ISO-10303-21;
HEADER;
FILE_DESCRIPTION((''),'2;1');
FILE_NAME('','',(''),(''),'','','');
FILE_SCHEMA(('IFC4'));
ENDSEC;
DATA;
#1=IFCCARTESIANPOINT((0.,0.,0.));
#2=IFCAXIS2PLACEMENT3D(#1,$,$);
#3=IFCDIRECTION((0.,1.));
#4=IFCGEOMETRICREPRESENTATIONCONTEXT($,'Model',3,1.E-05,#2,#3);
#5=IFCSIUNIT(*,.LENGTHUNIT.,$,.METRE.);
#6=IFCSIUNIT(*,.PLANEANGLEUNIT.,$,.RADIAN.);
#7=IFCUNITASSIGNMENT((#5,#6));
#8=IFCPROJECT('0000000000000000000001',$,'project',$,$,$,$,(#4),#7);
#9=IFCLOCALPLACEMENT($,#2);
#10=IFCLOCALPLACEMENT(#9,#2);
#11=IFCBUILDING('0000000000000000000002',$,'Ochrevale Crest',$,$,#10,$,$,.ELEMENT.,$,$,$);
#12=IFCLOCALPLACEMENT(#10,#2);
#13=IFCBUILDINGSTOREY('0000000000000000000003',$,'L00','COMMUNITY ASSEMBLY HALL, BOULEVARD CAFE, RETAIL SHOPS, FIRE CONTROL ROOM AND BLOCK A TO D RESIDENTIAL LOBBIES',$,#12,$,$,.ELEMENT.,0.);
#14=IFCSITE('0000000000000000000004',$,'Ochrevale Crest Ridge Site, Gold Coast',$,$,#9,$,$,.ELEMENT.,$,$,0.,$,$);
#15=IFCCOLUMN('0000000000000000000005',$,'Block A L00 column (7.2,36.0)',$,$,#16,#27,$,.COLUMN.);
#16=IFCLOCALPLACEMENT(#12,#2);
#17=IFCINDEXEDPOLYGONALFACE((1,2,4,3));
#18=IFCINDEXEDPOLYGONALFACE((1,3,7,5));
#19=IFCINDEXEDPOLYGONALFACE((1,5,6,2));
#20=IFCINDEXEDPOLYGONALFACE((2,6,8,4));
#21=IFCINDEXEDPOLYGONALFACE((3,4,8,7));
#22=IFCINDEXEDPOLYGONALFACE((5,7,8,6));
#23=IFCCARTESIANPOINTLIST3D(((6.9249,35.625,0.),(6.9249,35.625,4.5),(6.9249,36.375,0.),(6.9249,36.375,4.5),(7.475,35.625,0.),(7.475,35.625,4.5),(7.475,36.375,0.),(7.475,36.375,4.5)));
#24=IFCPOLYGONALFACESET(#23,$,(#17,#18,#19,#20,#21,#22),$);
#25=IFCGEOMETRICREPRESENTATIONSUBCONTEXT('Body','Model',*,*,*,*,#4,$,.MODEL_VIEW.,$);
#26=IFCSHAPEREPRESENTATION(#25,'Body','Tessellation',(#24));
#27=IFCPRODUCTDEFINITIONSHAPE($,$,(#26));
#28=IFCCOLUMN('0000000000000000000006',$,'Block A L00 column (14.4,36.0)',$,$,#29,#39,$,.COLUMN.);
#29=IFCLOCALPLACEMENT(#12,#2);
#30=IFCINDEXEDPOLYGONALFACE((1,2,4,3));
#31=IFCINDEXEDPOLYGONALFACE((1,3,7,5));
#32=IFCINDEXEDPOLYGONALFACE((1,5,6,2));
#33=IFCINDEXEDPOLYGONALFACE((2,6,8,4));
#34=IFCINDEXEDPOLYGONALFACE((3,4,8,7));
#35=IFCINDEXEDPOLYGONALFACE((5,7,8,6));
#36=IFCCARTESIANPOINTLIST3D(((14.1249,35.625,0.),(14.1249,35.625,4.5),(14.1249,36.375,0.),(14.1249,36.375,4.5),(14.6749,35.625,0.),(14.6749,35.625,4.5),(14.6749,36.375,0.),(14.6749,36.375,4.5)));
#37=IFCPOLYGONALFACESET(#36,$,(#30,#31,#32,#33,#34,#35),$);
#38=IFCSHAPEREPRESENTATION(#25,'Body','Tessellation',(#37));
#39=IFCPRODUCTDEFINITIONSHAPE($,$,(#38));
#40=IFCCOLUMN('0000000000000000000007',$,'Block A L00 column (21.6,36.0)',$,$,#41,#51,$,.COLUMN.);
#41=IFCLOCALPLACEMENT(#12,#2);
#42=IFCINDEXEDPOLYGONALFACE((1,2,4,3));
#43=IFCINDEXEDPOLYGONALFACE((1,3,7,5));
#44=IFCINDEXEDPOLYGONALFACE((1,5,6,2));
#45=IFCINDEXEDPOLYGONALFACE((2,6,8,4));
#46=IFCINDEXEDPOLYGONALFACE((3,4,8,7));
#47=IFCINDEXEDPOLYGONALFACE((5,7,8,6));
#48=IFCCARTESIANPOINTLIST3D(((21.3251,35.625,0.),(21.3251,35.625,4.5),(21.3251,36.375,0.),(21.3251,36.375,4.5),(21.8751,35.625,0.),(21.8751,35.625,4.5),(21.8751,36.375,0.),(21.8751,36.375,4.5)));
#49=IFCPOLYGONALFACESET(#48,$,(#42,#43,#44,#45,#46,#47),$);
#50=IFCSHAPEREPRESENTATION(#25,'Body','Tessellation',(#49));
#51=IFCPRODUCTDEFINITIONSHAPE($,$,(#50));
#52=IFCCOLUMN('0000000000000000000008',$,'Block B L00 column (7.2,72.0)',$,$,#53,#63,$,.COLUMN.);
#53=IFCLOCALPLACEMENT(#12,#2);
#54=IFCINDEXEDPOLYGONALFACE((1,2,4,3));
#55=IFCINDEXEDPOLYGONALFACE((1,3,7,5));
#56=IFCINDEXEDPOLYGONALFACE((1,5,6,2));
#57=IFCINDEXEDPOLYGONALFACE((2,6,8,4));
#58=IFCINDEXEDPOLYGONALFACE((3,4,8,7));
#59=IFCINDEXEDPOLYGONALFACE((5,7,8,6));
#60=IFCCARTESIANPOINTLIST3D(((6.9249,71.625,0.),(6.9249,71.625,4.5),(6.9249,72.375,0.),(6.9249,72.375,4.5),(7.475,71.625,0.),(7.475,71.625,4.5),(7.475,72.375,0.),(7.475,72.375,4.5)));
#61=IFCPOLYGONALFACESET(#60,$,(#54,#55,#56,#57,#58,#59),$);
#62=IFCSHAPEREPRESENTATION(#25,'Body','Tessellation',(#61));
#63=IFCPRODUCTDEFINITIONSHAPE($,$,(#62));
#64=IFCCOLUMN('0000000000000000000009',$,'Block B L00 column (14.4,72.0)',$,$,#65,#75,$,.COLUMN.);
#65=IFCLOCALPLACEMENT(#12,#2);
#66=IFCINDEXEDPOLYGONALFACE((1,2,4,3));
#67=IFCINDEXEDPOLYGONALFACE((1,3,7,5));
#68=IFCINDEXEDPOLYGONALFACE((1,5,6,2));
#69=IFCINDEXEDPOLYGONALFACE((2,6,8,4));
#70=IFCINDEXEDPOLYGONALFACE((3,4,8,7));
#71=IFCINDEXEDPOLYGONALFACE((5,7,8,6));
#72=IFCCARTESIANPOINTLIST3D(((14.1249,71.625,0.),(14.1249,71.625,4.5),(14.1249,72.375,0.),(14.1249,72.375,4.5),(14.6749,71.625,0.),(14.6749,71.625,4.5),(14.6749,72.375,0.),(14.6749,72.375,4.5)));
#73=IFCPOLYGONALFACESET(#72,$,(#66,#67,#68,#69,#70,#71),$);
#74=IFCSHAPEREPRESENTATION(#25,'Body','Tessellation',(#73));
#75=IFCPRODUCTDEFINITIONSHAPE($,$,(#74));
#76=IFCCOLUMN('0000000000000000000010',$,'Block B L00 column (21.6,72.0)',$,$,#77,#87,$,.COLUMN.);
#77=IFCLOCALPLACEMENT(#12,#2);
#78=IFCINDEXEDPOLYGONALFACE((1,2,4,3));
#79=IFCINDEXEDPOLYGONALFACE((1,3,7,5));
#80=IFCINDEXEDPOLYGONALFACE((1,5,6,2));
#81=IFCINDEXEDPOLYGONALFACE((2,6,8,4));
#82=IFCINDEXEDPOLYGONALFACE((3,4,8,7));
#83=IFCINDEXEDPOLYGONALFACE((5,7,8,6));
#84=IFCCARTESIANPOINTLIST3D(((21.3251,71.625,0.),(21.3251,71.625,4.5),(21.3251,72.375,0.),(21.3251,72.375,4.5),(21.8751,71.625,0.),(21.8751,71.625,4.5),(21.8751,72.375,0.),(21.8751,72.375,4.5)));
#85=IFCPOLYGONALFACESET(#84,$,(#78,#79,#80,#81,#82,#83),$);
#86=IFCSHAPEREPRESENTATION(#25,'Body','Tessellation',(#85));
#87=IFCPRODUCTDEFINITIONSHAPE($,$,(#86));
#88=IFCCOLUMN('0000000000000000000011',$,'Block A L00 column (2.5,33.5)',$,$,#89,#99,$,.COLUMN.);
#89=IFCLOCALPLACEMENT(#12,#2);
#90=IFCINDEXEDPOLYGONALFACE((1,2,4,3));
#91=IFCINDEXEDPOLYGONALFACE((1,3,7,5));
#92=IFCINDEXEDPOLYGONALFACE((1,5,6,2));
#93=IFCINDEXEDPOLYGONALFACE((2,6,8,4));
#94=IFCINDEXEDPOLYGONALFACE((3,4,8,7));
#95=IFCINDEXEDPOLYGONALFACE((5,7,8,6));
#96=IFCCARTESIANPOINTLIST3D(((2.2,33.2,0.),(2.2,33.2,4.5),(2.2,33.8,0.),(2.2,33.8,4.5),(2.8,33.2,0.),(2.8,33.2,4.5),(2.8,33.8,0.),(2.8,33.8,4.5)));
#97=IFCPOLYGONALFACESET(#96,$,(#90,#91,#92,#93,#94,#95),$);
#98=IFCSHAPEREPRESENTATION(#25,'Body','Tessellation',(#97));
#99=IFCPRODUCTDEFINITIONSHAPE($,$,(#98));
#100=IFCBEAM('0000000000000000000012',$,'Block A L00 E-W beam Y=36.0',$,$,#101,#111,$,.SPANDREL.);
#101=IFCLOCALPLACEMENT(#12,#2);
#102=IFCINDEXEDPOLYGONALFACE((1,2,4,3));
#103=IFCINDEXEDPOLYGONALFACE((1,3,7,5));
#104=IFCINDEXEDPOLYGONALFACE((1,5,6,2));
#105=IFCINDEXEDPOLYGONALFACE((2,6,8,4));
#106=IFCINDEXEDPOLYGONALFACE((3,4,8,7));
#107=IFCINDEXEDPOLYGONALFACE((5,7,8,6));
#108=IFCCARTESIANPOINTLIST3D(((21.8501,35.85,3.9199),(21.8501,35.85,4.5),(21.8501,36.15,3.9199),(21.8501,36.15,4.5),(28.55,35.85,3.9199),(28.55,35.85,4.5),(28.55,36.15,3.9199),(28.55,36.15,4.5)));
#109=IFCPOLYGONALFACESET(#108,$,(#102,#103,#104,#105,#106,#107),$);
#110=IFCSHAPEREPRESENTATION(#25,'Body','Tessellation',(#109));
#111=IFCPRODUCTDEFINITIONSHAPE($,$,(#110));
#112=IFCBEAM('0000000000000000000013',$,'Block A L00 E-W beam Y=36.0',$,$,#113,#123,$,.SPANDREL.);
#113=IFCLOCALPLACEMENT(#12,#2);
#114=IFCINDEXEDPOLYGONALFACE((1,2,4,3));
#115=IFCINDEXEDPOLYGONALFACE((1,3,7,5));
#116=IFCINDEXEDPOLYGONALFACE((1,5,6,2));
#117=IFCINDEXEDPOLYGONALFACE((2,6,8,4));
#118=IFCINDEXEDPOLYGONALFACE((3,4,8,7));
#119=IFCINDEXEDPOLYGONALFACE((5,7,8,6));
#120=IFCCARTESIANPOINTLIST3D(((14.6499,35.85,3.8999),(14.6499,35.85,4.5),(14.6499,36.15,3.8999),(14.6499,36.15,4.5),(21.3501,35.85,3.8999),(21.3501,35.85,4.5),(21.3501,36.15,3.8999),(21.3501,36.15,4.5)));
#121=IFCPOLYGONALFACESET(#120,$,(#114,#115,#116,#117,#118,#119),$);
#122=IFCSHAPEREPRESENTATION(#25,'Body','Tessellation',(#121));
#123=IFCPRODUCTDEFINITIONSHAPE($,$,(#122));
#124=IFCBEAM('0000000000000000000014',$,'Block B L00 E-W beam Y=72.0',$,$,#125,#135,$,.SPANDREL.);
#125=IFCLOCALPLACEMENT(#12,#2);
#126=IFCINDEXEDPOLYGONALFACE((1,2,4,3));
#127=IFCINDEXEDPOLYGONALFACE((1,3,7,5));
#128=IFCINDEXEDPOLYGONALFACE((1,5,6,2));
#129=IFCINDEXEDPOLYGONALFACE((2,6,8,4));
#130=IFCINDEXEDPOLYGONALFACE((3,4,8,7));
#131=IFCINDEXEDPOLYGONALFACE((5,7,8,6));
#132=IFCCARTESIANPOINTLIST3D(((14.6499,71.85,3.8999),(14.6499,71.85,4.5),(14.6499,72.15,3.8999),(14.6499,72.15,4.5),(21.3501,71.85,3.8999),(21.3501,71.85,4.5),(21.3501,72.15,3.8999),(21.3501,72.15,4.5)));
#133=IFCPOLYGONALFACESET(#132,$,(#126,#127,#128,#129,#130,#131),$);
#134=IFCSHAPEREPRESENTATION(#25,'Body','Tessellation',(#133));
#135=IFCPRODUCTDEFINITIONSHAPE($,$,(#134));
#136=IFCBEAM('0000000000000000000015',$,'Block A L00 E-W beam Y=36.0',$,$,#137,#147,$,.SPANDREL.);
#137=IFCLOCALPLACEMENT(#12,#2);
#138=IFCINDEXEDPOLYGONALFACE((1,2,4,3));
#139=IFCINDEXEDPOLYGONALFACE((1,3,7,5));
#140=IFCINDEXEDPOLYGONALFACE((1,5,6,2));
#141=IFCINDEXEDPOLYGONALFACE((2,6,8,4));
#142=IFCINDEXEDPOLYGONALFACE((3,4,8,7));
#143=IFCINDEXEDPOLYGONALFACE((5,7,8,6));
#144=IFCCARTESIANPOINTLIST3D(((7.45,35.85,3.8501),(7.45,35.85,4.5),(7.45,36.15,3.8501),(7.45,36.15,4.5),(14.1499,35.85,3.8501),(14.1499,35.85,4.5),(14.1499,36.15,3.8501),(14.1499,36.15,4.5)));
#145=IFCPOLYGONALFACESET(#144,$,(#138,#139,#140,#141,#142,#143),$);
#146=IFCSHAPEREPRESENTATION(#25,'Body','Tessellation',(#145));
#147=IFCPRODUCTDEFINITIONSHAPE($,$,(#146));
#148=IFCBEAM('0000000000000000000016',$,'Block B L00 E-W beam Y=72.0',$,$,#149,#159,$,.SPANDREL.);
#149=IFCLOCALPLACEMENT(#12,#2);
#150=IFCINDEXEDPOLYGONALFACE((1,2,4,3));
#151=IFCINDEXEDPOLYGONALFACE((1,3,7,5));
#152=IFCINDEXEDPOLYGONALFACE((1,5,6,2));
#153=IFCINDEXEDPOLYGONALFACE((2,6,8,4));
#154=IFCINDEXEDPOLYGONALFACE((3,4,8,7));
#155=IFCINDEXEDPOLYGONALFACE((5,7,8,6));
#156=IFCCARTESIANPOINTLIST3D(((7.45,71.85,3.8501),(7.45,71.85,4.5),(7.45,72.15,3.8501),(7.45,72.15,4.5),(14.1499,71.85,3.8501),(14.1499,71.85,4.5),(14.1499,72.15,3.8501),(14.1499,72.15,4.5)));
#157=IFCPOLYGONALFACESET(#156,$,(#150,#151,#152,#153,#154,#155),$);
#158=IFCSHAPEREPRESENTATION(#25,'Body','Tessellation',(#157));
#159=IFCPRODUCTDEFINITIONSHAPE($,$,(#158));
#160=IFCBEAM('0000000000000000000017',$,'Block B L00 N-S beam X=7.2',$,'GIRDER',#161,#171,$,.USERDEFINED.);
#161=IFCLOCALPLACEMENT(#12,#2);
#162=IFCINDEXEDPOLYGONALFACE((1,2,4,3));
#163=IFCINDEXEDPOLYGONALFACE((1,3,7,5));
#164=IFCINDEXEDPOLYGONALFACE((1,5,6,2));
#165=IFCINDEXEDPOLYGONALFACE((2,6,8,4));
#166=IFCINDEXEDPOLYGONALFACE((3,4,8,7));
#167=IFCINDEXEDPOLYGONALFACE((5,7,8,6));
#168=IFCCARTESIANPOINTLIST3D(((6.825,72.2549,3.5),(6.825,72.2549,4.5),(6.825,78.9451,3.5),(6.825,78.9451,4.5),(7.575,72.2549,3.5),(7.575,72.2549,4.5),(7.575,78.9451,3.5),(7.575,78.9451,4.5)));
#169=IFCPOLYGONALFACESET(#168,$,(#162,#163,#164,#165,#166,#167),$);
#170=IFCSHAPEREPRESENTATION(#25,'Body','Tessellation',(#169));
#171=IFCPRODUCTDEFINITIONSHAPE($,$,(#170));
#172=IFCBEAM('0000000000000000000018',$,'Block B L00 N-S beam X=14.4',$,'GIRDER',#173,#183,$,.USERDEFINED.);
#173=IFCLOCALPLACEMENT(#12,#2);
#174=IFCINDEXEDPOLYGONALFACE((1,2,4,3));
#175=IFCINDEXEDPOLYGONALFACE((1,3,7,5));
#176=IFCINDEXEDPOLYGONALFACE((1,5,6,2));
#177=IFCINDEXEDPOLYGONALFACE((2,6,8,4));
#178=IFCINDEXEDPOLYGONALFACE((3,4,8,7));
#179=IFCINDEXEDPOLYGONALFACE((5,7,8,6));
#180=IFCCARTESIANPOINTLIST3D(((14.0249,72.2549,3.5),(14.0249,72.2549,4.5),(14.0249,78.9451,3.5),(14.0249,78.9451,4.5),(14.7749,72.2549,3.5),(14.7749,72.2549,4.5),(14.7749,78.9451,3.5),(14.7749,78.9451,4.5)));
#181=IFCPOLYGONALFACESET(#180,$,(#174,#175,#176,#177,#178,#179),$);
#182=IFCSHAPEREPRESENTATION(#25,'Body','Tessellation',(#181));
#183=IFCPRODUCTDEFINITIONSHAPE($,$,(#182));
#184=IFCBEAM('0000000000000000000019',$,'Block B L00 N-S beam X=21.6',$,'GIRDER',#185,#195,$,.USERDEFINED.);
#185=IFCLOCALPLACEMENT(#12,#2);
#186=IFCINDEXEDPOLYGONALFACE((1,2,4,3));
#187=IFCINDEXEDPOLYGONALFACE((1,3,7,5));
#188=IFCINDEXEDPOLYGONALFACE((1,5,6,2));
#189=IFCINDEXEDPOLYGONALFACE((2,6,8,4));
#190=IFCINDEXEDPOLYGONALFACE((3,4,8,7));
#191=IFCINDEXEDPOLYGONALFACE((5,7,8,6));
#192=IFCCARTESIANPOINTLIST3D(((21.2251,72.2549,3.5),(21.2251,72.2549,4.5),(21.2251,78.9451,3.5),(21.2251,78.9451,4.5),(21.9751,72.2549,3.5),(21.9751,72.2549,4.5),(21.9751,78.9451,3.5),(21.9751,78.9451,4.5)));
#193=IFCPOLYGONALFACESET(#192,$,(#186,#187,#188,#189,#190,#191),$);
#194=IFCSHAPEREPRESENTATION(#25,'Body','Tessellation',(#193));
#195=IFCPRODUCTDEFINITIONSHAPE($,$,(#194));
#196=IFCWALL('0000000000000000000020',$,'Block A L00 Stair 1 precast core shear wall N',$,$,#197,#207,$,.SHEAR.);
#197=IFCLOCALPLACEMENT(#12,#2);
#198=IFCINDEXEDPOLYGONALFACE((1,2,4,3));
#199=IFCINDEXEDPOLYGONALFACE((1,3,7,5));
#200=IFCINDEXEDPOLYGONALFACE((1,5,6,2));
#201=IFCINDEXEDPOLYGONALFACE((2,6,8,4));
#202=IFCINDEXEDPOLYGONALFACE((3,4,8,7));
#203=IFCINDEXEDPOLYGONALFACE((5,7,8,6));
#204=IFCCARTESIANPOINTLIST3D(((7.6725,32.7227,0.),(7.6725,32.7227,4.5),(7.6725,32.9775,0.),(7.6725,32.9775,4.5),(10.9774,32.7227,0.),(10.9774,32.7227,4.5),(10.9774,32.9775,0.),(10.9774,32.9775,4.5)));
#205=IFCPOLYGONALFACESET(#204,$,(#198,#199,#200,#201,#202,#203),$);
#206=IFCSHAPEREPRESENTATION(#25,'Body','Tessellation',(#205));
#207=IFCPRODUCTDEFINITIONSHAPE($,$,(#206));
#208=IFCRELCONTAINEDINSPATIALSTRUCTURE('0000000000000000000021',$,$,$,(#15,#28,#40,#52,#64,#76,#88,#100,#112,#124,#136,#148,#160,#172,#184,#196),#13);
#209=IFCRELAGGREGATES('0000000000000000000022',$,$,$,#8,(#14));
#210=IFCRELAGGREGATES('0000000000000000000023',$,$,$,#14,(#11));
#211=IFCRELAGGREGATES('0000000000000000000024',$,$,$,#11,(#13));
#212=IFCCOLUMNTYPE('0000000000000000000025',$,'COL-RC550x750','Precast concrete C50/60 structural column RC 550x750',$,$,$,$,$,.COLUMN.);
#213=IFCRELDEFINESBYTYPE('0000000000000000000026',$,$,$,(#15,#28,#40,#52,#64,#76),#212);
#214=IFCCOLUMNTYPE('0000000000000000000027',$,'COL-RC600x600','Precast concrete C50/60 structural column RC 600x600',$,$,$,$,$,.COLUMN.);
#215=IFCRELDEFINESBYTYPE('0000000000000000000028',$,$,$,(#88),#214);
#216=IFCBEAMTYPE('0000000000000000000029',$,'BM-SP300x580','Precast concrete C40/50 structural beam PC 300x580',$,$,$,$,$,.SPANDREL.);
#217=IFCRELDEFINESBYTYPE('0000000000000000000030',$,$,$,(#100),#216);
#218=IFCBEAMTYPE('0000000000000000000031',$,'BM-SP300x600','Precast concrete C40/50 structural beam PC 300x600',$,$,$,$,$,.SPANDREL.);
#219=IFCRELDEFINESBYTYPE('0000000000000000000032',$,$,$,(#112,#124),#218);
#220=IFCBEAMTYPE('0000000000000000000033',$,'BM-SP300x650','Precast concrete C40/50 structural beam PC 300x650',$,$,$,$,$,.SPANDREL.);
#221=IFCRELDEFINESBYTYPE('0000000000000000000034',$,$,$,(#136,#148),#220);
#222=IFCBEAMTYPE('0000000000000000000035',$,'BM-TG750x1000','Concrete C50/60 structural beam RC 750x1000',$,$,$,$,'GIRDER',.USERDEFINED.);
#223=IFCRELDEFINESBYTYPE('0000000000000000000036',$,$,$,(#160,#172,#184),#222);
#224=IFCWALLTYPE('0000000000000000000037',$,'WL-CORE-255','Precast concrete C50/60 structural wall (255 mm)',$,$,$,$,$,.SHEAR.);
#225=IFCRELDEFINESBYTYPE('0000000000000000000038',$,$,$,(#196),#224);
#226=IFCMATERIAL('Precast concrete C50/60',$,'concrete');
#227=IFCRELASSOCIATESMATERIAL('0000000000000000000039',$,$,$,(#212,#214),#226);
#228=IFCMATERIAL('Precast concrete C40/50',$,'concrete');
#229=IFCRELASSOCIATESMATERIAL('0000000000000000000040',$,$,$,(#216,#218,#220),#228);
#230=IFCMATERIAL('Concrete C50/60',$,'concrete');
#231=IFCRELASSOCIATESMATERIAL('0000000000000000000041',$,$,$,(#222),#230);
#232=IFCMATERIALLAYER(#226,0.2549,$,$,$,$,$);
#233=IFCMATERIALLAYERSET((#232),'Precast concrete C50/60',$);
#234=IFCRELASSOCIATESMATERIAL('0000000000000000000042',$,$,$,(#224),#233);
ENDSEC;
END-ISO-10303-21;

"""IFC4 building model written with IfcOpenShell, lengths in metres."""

from ifc_helpers import new_model, si_unit, direction, frame, frame_2d, origin, origin_2d, place, context, subcontext, project, spatial, rectangle, extrude, material, layer, layer_set, material_profile, profile_set, type_object, element, save


model = new_model("IFC4")

# Units and contexts
model_context = context("Model", 3, precision=1e-05, world=origin(), true_north=direction((0.0, 1.0)))
body_context = subcontext(model_context, "Body", "Model", "MODEL_VIEW")
ifc_project = project(units=[si_unit("LENGTHUNIT", "METRE"), si_unit("PLANEANGLEUNIT", "RADIAN")], contexts=[model_context])

# Site, building, storey
site_placement = place(None, origin())
site = spatial("IfcSite", under=ifc_project, at=site_placement, Name="Ochrevale Crest Ridge Site, Gold Coast", CompositionType="ELEMENT", RefElevation=0.0)
building_placement = place(site_placement, origin())
building = spatial("IfcBuilding", under=site, at=building_placement, Name="Ochrevale Crest", CompositionType="ELEMENT")
storey_placement = place(building_placement, origin())
storey = spatial("IfcBuildingStorey", under=building, at=storey_placement, Name="L00", Description="COMMUNITY ASSEMBLY HALL, BOULEVARD CAFE, RETAIL SHOPS, FIRE CONTROL ROOM AND BLOCK A TO D RESIDENTIAL LOBBIES", CompositionType="ELEMENT", Elevation=0.0)

# Columns
ifc_material_1 = material(Name="Precast concrete C50/60", Category="concrete")
ifc_material_profile_1 = material_profile(ifc_material_1, rectangle(XDim=0.55, YDim=0.75, at=origin_2d()), Name="RC 550x750")
ifc_profile_set_1 = profile_set([ifc_material_profile_1], Name="Precast concrete C50/60")
column_type_1 = type_object("IfcColumnType", Name="COL-RC550x750", Description="Precast concrete C50/60 structural column RC 550x750", PredefinedType="COLUMN", material=ifc_profile_set_1)
for number, where, z_axis, x_axis, name in (
    (1, (7.2, 36.0, 0.0), (0.0, 0.0, 1.0), (1.0, 0.0, 0.0), "Block A L00 column (7.2,36.0)"),
    (2, (14.3999, 36.0, 0.0), (0.0, 0.0, 1.0), (1.0, 0.0, 0.0), "Block A L00 column (14.4,36.0)"),
    (3, (21.6001, 36.0, 0.0), (0.0, 0.0, 1.0), (1.0, 0.0, 0.0), "Block A L00 column (21.6,36.0)"),
    (4, (7.2, 72.0, 0.0), (0.0, 0.0, 1.0), (1.0, 0.0, 0.0), "Block B L00 column (7.2,72.0)"),
    (5, (14.3999, 72.0, 0.0), (0.0, 0.0, 1.0), (1.0, 0.0, 0.0), "Block B L00 column (14.4,72.0)"),
    (6, (21.6001, 72.0, 0.0), (0.0, 0.0, 1.0), (1.0, 0.0, 0.0), "Block B L00 column (21.6,72.0)"),
):
    element("IfcColumn", number, at=place(storey_placement, frame(where, z_axis=z_axis, x_axis=x_axis)), inside=storey, type_object=column_type_1, Name=name, PredefinedType="COLUMN", context=body_context, shape_type="SweptSolid", body=[
        extrude(rectangle(XDim=0.55, YDim=0.75, at=origin_2d()), origin(), (0.0, 0.0, 1.0), 4.5),
    ])
ifc_material_profile_2 = material_profile(ifc_material_1, rectangle(XDim=0.6001, YDim=0.6001, at=origin_2d()), Name="RC 600x600")
ifc_profile_set_2 = profile_set([ifc_material_profile_2], Name="Precast concrete C50/60")
column_type_2 = type_object("IfcColumnType", Name="COL-RC600x600", Description="Precast concrete C50/60 structural column RC 600x600", PredefinedType="COLUMN", material=ifc_profile_set_2)
column_placement = place(storey_placement, frame((2.5, 33.5, 0.0), z_axis=(0.0, 0.0, 1.0), x_axis=(1.0, 0.0, 0.0)))
element("IfcColumn", 7, at=column_placement, inside=storey, type_object=column_type_2, Name="Block A L00 column (2.5,33.5)", PredefinedType="COLUMN", context=body_context, shape_type="SweptSolid", body=[
    extrude(rectangle(XDim=0.6001, YDim=0.6001, at=origin_2d()), origin(), (0.0, 0.0, 1.0), 4.5),
])

# Beams
ifc_material_2 = material(Name="Precast concrete C40/50", Category="concrete")
ifc_material_profile_3 = material_profile(ifc_material_2, rectangle(XDim=0.3, YDim=0.5801, at=origin_2d()), Name="PC 300x580")
ifc_profile_set_3 = profile_set([ifc_material_profile_3], Name="Precast concrete C40/50")
beam_type_1 = type_object("IfcBeamType", Name="BM-SP300x580", Description="Precast concrete C40/50 structural beam PC 300x580", PredefinedType="SPANDREL", material=ifc_profile_set_3)
beam_placement = place(storey_placement, frame((21.8501, 36.0, 4.21), z_axis=(1.0, 0.0, 0.0), x_axis=(0.0, 1.0, 0.0)))
element("IfcBeam", 8, at=beam_placement, inside=storey, type_object=beam_type_1, Name="Block A L00 E-W beam Y=36.0", PredefinedType="SPANDREL", context=body_context, shape_type="SweptSolid", body=[
    extrude(rectangle(XDim=0.3, YDim=0.5801, at=origin_2d()), origin(), (0.0, 0.0, 1.0), 6.7),
])
ifc_material_profile_4 = material_profile(ifc_material_2, rectangle(XDim=0.3, YDim=0.6001, at=origin_2d()), Name="PC 300x600")
ifc_profile_set_4 = profile_set([ifc_material_profile_4], Name="Precast concrete C40/50")
beam_type_2 = type_object("IfcBeamType", Name="BM-SP300x600", Description="Precast concrete C40/50 structural beam PC 300x600", PredefinedType="SPANDREL", material=ifc_profile_set_4)
for number, where, z_axis, x_axis, name in (
    (9, (14.6499, 36.0, 4.2), (1.0, 0.0, 0.0), (0.0, 1.0, 0.0), "Block A L00 E-W beam Y=36.0"),
    (10, (14.6499, 72.0, 4.2), (1.0, 0.0, 0.0), (0.0, 1.0, 0.0), "Block B L00 E-W beam Y=72.0"),
):
    element("IfcBeam", number, at=place(storey_placement, frame(where, z_axis=z_axis, x_axis=x_axis)), inside=storey, type_object=beam_type_2, Name=name, PredefinedType="SPANDREL", context=body_context, shape_type="SweptSolid", body=[
        extrude(rectangle(XDim=0.3, YDim=0.6001, at=origin_2d()), origin(), (0.0, 0.0, 1.0), 6.7002),
    ])
ifc_material_profile_5 = material_profile(ifc_material_2, rectangle(XDim=0.3, YDim=0.6499, at=origin_2d()), Name="PC 300x650")
ifc_profile_set_5 = profile_set([ifc_material_profile_5], Name="Precast concrete C40/50")
beam_type_3 = type_object("IfcBeamType", Name="BM-SP300x650", Description="Precast concrete C40/50 structural beam PC 300x650", PredefinedType="SPANDREL", material=ifc_profile_set_5)
for number, where, z_axis, x_axis, name in (
    (11, (7.45, 36.0, 4.175), (1.0, 0.0, 0.0), (0.0, 1.0, 0.0), "Block A L00 E-W beam Y=36.0"),
    (12, (7.45, 72.0, 4.175), (1.0, 0.0, 0.0), (0.0, 1.0, 0.0), "Block B L00 E-W beam Y=72.0"),
):
    element("IfcBeam", number, at=place(storey_placement, frame(where, z_axis=z_axis, x_axis=x_axis)), inside=storey, type_object=beam_type_3, Name=name, PredefinedType="SPANDREL", context=body_context, shape_type="SweptSolid", body=[
        extrude(rectangle(XDim=0.3, YDim=0.6499, at=origin_2d()), origin(), (0.0, 0.0, 1.0), 6.7),
    ])
ifc_material_3 = material(Name="Concrete C50/60", Category="concrete")
ifc_material_profile_6 = material_profile(ifc_material_3, rectangle(XDim=0.75, YDim=1.0, at=origin_2d()), Name="RC 750x1000")
ifc_profile_set_6 = profile_set([ifc_material_profile_6], Name="Concrete C50/60")
beam_type_4 = type_object("IfcBeamType", Name="BM-TG750x1000", Description="Concrete C50/60 structural beam RC 750x1000", ElementType="GIRDER", PredefinedType="USERDEFINED", material=ifc_profile_set_6)
for number, where, z_axis, x_axis, name in (
    (13, (7.2, 72.2549, 4.0), (0.0, 1.0, 0.0), (-1.0, 0.0, 0.0), "Block B L00 N-S beam X=7.2"),
    (14, (14.3999, 72.2549, 4.0), (0.0, 1.0, 0.0), (-1.0, 0.0, 0.0), "Block B L00 N-S beam X=14.4"),
    (15, (21.6001, 72.2549, 4.0), (0.0, 1.0, 0.0), (-1.0, 0.0, 0.0), "Block B L00 N-S beam X=21.6"),
):
    element("IfcBeam", number, at=place(storey_placement, frame(where, z_axis=z_axis, x_axis=x_axis)), inside=storey, type_object=beam_type_4, Name=name, ObjectType="GIRDER", PredefinedType="USERDEFINED", context=body_context, shape_type="SweptSolid", body=[
        extrude(rectangle(XDim=0.75, YDim=1.0, at=origin_2d()), origin(), (0.0, 0.0, 1.0), 6.6902),
    ])

# Wall
ifc_layer_1 = layer(ifc_material_1, 0.2549)
ifc_layer_set_1 = layer_set([ifc_layer_1], Name="Precast concrete C50/60")
wall_type_1 = type_object("IfcWallType", Name="WL-CORE-255", Description="Precast concrete C50/60 structural wall (255 mm)", PredefinedType="SHEAR", material=ifc_layer_set_1)
wall_1_placement = place(storey_placement, frame((7.6726, 32.8501, 0.0), z_axis=(0.0, 0.0, 1.0), x_axis=(1.0, 0.0, 0.0)))
element("IfcWall", 16, at=wall_1_placement, inside=storey, type_object=wall_type_1, Name="Block A L00 Stair 1 precast core shear wall N", PredefinedType="SHEAR", context=body_context, shape_type="SweptSolid", body=[
    extrude(rectangle(XDim=3.3049, YDim=0.2549, at=frame_2d((1.6523, 0.0))), origin(), (0.0, 0.0, 1.0), 4.5),
])

save(model, "model.ifc")
